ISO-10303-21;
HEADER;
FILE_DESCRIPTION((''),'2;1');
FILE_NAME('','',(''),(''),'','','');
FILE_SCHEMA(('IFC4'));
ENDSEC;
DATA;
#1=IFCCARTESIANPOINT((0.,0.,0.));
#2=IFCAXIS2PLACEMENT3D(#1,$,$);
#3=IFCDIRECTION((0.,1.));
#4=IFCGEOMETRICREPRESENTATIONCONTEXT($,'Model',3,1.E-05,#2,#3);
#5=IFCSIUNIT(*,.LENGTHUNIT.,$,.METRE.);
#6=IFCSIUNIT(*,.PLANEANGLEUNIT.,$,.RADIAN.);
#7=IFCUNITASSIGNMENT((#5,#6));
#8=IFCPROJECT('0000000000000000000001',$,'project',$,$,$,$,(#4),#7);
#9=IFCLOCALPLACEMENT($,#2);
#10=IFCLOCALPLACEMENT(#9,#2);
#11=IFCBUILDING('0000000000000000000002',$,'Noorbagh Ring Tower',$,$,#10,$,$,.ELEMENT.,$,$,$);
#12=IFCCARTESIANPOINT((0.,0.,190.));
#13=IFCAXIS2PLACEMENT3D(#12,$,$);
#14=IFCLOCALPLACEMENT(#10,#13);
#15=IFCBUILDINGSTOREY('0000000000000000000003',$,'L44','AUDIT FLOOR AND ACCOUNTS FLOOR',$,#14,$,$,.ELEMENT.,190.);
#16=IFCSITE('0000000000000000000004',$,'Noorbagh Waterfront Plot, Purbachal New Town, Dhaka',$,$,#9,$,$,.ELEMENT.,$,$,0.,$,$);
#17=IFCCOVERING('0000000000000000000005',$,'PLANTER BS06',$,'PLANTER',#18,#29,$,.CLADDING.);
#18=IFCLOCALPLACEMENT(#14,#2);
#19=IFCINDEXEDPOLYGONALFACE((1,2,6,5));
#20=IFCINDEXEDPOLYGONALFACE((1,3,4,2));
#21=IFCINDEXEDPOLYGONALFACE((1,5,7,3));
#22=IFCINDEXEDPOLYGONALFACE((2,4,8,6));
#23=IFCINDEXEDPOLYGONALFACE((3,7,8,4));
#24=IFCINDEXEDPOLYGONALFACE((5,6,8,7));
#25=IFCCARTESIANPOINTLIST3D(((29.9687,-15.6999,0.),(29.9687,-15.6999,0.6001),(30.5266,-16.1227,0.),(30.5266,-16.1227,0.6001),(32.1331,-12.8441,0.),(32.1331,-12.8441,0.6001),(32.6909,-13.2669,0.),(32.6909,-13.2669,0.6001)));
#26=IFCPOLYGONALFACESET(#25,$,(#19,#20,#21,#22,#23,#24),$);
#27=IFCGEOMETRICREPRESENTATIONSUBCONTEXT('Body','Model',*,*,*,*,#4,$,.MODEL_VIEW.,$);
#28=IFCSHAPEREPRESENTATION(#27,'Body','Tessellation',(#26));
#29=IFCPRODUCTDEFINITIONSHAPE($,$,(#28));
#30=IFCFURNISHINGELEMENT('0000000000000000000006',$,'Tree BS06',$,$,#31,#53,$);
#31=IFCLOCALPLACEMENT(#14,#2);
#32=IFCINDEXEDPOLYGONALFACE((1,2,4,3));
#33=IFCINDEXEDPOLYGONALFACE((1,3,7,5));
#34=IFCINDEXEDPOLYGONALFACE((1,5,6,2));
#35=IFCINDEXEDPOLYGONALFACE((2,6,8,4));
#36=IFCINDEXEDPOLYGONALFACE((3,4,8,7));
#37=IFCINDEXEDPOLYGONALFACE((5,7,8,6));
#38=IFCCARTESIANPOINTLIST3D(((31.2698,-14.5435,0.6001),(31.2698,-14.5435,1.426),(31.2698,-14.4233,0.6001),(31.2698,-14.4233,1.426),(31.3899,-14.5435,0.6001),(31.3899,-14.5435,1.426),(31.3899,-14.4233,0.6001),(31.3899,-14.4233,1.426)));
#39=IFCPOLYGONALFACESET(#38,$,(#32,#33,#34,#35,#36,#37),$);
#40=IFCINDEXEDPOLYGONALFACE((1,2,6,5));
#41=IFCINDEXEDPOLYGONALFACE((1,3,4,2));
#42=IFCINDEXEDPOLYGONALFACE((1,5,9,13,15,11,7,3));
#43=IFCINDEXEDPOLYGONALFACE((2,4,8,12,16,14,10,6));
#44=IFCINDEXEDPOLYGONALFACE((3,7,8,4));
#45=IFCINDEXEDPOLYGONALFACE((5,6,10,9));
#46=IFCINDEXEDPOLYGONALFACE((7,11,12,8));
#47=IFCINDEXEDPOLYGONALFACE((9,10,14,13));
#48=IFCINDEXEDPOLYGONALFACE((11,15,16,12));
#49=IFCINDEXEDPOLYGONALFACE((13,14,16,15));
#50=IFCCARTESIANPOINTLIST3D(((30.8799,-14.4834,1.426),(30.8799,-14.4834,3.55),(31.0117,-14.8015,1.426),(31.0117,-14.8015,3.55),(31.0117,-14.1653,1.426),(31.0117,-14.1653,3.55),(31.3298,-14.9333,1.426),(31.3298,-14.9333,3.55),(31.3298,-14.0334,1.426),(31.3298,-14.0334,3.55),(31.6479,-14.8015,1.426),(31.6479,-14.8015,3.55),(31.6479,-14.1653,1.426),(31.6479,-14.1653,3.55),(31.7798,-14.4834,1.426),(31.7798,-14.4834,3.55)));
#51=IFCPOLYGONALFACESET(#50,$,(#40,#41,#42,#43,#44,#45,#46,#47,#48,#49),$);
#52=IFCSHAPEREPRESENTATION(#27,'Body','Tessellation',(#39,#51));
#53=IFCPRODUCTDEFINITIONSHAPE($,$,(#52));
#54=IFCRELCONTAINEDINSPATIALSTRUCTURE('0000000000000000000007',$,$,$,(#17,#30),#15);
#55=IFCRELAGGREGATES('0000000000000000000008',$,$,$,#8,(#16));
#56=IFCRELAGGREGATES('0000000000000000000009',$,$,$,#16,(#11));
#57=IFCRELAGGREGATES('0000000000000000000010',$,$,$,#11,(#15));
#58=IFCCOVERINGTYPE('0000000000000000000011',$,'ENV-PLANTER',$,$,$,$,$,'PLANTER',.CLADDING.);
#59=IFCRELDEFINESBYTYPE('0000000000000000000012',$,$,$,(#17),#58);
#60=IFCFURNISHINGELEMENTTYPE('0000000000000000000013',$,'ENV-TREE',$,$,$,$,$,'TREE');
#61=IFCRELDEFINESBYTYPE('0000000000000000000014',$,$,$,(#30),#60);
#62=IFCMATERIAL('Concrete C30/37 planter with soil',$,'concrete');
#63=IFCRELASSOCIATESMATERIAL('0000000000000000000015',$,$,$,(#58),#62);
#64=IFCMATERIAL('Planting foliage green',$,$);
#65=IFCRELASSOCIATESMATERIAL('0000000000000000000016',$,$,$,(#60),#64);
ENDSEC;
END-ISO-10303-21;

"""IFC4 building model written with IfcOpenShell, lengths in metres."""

from ifc_helpers import new_model, si_unit, direction, frame, origin, origin_2d, place, context, subcontext, project, spatial, polyline, rectangle, outline, extrude, material, type_object, element, save


model = new_model("IFC4")

# Units and contexts
model_context = context("Model", 3, precision=1e-05, world=origin(), true_north=direction((0.0, 1.0)))
body_context = subcontext(model_context, "Body", "Model", "MODEL_VIEW")
ifc_project = project(units=[si_unit("LENGTHUNIT", "METRE"), si_unit("PLANEANGLEUNIT", "RADIAN")], contexts=[model_context])

# Site, building, storey
site_placement = place(None, origin())
site = spatial("IfcSite", under=ifc_project, at=site_placement, Name="Noorbagh Waterfront Plot, Purbachal New Town, Dhaka", CompositionType="ELEMENT", RefElevation=0.0)
building_placement = place(site_placement, origin())
building = spatial("IfcBuilding", under=site, at=building_placement, Name="Noorbagh Ring Tower", CompositionType="ELEMENT")
storey_placement = place(building_placement, frame((0.0, 0.0, 190.0)))
storey = spatial("IfcBuildingStorey", under=building, at=storey_placement, Name="L44", Description="AUDIT FLOOR AND ACCOUNTS FLOOR", CompositionType="ELEMENT", Elevation=190.0)

# Covering
ifc_material_1 = material(Name="Concrete C30/37 planter with soil", Category="concrete")
covering_type = type_object("IfcCoveringType", Name="ENV-PLANTER", ElementType="PLANTER", PredefinedType="CLADDING", material=ifc_material_1)
covering_placement = place(storey_placement, frame((31.3298, -14.4834, 0.0), z_axis=(0.0, 0.0, 1.0), x_axis=(0.60402, 0.796969, 0.0)))
element("IfcCovering", 1, at=covering_placement, inside=storey, type_object=covering_type, Name="PLANTER BS06", ObjectType="PLANTER", PredefinedType="CLADDING", context=body_context, shape_type="SweptSolid", body=[
    extrude(rectangle(XDim=3.5833, YDim=0.7, at=origin_2d()), origin(), (0.0, 0.0, 1.0), 0.6001),
])

# Furnishing element
ifc_material_2 = material(Name="Planting foliage green")
furnishing_element_type = type_object("IfcFurnishingElementType", Name="ENV-TREE", ElementType="TREE", material=ifc_material_2)
furnishing_placement = place(storey_placement, frame((31.3298, -14.4834, 0.6001), z_axis=(0.0, 0.0, 1.0), x_axis=(1.0, 0.0, 0.0)))
element("IfcFurnishingElement", 2, at=furnishing_placement, inside=storey, type_object=furnishing_element_type, Name="Tree BS06", context=body_context, shape_type="SweptSolid", body=[
    extrude(rectangle(XDim=0.1201, YDim=0.1201, at=origin_2d()), origin(), (0.0, 0.0, 1.0), 0.8259),
    extrude(outline(polyline([(0.45, 0.0), (0.3181, 0.3181), (0.0, 0.45), (-0.3181, 0.3181), (-0.45, 0.0), (-0.3181, -0.3181), (0.0, -0.45), (0.3181, -0.3181), (0.45, 0.0)])), frame((0.0, 0.0, 0.8259)), (0.0, 0.0, 1.0), 2.124),
])

save(model, "model.ifc")
